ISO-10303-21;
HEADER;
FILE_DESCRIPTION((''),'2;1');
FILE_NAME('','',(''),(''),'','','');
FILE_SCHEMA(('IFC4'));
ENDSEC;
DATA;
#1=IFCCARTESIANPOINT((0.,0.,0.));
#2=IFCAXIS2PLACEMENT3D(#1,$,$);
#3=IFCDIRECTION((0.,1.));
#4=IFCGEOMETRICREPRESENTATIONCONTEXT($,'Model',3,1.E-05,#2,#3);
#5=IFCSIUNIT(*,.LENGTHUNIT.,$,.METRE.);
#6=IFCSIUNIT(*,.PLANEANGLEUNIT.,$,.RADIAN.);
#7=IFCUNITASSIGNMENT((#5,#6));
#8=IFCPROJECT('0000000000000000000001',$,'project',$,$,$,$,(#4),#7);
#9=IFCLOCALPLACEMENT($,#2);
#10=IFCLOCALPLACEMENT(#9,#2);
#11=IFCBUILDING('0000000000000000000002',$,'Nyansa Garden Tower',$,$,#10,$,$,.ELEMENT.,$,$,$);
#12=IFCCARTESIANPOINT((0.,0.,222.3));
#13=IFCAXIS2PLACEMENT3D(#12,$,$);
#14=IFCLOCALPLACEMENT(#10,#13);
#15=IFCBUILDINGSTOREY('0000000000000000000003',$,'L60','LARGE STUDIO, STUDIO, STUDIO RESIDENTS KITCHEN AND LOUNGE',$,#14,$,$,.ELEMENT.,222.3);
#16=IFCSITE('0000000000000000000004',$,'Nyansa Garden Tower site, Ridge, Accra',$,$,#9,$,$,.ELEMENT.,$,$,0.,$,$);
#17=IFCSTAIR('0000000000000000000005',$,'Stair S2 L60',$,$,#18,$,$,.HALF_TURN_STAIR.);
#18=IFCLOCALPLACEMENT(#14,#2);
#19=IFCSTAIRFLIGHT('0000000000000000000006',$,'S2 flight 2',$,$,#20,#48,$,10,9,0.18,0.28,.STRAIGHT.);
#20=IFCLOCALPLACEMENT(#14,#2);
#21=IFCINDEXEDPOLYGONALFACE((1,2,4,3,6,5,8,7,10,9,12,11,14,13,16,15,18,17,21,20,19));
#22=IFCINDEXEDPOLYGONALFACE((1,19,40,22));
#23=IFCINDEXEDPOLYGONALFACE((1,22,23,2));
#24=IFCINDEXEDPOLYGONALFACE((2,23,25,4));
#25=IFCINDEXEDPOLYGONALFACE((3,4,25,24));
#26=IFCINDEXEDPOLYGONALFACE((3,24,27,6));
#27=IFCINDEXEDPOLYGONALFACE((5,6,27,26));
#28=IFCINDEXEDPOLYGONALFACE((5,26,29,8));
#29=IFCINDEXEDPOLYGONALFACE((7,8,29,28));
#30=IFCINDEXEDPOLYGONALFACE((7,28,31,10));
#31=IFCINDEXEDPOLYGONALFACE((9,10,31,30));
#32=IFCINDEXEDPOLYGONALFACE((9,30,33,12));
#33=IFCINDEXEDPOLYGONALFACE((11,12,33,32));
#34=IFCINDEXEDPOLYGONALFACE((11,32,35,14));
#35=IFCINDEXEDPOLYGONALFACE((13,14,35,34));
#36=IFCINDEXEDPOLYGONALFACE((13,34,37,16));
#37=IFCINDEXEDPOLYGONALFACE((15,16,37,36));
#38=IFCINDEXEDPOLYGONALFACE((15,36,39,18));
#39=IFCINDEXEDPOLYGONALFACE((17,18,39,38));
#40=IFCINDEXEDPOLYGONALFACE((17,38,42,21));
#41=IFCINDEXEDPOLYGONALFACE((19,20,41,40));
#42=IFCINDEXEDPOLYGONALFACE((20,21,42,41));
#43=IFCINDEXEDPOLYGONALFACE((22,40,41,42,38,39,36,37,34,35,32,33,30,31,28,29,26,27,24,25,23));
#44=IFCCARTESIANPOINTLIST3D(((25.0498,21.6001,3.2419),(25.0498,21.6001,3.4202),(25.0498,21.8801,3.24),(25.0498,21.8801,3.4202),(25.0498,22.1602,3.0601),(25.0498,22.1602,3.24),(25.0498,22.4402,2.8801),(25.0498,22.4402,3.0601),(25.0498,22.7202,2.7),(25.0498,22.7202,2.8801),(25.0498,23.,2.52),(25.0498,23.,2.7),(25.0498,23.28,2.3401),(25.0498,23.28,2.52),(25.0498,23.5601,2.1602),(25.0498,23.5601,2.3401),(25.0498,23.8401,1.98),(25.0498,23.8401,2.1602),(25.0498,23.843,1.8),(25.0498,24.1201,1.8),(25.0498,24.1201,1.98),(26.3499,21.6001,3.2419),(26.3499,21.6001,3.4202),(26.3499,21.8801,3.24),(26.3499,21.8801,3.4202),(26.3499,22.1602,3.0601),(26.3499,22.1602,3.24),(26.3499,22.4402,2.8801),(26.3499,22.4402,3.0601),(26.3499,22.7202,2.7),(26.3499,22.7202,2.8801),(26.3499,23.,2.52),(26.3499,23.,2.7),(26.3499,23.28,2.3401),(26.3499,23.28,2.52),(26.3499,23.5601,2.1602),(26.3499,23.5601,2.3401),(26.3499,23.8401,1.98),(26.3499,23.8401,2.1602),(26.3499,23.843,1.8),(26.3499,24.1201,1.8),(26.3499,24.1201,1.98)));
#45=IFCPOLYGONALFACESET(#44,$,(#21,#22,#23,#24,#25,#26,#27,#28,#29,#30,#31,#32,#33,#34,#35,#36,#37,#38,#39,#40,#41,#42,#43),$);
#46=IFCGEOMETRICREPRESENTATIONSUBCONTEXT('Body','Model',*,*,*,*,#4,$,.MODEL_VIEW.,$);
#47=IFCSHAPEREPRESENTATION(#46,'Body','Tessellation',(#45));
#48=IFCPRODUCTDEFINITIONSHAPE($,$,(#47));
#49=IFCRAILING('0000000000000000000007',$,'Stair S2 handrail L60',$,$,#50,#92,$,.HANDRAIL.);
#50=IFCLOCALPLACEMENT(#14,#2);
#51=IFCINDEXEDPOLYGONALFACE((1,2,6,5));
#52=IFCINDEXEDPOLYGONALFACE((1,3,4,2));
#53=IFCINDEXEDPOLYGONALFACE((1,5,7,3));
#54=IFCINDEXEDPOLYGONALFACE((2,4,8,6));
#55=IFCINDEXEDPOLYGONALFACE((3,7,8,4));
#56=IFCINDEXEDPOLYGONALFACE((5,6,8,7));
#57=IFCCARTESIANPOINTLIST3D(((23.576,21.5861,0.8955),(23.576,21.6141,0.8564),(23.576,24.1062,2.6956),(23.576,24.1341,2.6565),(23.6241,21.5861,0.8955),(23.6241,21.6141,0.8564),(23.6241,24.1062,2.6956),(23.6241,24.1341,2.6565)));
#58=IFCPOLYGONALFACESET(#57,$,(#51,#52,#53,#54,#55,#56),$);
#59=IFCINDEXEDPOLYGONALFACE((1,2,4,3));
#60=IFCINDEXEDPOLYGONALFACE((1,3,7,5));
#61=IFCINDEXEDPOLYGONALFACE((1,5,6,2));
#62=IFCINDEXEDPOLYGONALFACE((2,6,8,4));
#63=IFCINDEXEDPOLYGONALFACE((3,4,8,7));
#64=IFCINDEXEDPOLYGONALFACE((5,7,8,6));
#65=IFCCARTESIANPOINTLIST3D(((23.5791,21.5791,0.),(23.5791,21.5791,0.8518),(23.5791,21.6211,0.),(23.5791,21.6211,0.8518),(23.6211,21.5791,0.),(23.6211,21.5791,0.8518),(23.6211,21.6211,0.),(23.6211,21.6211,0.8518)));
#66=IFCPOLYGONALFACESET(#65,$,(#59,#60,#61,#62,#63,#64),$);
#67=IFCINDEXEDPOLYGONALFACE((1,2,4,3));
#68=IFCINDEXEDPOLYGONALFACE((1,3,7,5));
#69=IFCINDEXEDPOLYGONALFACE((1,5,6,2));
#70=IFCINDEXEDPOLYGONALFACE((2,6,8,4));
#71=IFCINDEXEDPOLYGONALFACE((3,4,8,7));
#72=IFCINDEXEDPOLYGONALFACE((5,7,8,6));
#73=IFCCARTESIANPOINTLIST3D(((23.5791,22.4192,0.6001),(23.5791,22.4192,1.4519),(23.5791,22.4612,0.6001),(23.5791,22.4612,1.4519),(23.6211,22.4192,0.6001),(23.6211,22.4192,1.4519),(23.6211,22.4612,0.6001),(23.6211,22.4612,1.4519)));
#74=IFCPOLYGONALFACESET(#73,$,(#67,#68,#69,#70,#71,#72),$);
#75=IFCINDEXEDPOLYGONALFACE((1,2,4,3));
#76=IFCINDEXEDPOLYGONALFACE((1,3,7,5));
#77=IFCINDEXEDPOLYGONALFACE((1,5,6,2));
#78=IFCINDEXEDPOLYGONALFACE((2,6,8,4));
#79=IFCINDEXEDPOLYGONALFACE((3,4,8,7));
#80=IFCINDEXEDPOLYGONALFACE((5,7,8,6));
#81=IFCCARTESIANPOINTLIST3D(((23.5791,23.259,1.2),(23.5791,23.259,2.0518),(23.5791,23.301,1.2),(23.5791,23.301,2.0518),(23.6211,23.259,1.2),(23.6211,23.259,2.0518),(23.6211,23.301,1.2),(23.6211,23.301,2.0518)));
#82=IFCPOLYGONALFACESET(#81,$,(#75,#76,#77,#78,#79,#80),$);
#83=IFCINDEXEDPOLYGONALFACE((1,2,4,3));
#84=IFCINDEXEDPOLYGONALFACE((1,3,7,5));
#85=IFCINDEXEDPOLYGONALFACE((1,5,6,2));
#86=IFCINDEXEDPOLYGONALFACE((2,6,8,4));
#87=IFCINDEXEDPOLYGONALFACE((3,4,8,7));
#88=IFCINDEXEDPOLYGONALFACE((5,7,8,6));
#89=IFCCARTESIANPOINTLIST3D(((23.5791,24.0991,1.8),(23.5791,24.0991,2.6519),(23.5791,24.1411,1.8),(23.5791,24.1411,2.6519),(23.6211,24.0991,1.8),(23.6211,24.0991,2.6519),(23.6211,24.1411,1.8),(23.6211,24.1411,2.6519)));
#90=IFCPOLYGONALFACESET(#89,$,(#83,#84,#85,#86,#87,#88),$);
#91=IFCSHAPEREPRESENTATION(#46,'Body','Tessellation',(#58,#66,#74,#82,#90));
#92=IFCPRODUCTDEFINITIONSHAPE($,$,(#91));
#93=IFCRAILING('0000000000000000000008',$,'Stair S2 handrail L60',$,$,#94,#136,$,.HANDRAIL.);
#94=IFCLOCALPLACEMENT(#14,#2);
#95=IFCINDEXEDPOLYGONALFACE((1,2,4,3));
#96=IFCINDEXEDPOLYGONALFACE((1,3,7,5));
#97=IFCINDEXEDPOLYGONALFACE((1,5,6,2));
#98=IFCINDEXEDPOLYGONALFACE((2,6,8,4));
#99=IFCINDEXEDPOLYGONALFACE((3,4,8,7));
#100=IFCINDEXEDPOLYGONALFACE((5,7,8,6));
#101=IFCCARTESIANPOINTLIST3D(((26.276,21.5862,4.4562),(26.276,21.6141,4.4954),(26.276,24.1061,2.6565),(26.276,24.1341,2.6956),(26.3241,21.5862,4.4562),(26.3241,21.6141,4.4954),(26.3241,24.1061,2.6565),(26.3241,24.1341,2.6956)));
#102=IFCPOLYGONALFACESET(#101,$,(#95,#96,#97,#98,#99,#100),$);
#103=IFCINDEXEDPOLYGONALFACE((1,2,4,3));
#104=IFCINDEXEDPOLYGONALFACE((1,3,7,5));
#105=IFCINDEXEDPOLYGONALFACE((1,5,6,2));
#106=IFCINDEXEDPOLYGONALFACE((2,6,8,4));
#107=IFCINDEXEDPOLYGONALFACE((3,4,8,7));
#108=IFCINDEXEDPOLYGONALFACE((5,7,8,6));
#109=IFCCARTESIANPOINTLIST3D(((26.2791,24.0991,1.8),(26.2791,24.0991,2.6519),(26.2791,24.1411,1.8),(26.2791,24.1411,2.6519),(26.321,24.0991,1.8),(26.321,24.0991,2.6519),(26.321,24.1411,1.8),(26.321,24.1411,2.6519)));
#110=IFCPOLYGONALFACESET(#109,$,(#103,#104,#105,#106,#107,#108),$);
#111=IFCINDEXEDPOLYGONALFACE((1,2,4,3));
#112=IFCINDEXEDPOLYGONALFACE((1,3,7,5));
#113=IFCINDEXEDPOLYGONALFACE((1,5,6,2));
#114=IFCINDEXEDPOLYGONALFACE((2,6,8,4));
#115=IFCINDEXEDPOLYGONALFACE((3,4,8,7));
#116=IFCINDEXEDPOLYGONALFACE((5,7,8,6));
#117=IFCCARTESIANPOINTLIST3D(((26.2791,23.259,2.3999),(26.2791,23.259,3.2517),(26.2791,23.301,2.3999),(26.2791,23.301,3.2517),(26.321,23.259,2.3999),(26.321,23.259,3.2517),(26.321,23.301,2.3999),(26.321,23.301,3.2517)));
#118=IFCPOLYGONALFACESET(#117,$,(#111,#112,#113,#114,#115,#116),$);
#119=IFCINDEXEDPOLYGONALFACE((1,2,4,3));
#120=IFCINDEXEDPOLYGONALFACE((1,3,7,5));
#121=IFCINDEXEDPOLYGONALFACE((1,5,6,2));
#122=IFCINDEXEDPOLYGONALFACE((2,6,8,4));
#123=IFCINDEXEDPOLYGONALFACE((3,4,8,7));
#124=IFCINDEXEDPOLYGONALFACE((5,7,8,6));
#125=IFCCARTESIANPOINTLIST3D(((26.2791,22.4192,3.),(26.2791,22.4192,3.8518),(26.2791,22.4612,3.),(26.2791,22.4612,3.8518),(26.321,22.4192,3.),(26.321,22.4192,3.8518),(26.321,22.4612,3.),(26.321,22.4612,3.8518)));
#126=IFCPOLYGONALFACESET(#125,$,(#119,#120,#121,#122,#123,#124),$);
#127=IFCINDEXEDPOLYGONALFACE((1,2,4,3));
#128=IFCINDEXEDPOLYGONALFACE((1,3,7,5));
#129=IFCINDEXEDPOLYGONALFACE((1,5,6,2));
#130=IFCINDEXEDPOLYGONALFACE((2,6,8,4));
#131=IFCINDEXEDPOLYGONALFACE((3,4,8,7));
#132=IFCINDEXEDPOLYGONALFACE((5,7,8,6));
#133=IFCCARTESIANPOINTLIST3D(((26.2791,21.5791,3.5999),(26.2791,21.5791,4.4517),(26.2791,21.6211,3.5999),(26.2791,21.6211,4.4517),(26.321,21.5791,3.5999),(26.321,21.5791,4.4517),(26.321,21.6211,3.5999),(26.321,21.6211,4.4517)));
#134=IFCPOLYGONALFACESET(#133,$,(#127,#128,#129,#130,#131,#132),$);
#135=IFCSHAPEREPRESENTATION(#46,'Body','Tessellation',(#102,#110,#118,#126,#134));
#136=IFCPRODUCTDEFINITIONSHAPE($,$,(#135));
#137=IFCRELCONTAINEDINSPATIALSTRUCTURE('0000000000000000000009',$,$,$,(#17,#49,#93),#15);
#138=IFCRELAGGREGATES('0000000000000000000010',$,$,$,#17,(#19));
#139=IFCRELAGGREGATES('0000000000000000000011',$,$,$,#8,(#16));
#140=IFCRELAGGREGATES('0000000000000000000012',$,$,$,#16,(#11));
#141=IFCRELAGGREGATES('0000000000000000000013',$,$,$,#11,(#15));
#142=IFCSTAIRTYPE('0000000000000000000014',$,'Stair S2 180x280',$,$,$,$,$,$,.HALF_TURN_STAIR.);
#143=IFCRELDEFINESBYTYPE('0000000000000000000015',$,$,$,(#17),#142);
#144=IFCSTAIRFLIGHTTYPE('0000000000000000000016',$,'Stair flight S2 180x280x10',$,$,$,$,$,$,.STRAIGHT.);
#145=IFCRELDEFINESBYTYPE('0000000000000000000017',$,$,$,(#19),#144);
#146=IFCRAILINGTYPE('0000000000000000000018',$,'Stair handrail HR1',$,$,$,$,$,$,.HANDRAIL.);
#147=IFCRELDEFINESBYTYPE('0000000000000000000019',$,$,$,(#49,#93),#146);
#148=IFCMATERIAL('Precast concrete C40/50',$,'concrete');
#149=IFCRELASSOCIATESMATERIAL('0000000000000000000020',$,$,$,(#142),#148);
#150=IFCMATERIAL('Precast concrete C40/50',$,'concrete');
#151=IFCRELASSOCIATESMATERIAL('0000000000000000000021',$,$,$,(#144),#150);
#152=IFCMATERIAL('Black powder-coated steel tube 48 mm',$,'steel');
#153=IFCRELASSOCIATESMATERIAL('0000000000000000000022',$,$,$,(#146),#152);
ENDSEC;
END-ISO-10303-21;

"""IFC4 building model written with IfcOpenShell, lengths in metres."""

from ifc_helpers import new_model, si_unit, direction, frame, origin, origin_2d, place, context, subcontext, project, spatial, polyline, rectangle, outline, extrude, material, type_object, element, aggregate, save


model = new_model("IFC4")

# Units and contexts
model_context = context("Model", 3, precision=1e-05, world=origin(), true_north=direction((0.0, 1.0)))
body_context = subcontext(model_context, "Body", "Model", "MODEL_VIEW")
ifc_project = project(units=[si_unit("LENGTHUNIT", "METRE"), si_unit("PLANEANGLEUNIT", "RADIAN")], contexts=[model_context])

# Site, building, storey
site_placement = place(None, origin())
site = spatial("IfcSite", under=ifc_project, at=site_placement, Name="Nyansa Garden Tower site, Ridge, Accra", CompositionType="ELEMENT", RefElevation=0.0)
building_placement = place(site_placement, origin())
building = spatial("IfcBuilding", under=site, at=building_placement, Name="Nyansa Garden Tower", CompositionType="ELEMENT")
storey_placement = place(building_placement, frame((0.0, 0.0, 222.3)))
storey = spatial("IfcBuildingStorey", under=building, at=storey_placement, Name="L60", Description="LARGE STUDIO, STUDIO, STUDIO RESIDENTS KITCHEN AND LOUNGE", CompositionType="ELEMENT", Elevation=222.3)

# Stair, stair flight
ifc_material_1 = material(Name="Precast concrete C40/50", Category="concrete")
stair_type = type_object("IfcStairType", Name="Stair S2 180x280", PredefinedType="HALF_TURN_STAIR", material=ifc_material_1)
stair_placement = place(storey_placement, origin())
stair = element("IfcStair", 1, at=stair_placement, inside=storey, type_object=stair_type, Name="Stair S2 L60", PredefinedType="HALF_TURN_STAIR")
ifc_material_2 = material(Name="Precast concrete C40/50", Category="concrete")
stair_flight_type = type_object("IfcStairFlightType", Name="Stair flight S2 180x280x10", PredefinedType="STRAIGHT", material=ifc_material_2)
stair_flight_1_placement = place(storey_placement, frame((25.7, 24.1201, 1.8), z_axis=(0.0, 0.0, 1.0), x_axis=(0.0, -1.0, 0.0)))
stair_flight_1 = element("IfcStairFlight", 2, at=stair_flight_1_placement, type_object=stair_flight_type, Name="S2 flight 2", NumberOfRisers=10, NumberOfTreads=9, PredefinedType="STRAIGHT", RiserHeight=0.18, TreadLength=0.28, context=body_context, shape_type="SweptSolid", body=[
    extrude(outline(polyline([(0.0, 0.0), (0.0, 0.1799), (0.28, 0.1799), (0.28, 0.3601), (0.5601, 0.3601), (0.5601, 0.54), (0.8401, 0.54), (0.8401, 0.72), (1.1201, 0.72), (1.1201, 0.8999), (1.3999, 0.8999), (1.3999, 1.0801), (1.6799, 1.0801), (1.6799, 1.26), (1.96, 1.26), (1.96, 1.4399), (2.24, 1.4399), (2.24, 1.6201), (2.52, 1.6201), (2.52, 1.8), (2.52, 1.4419), (0.2771, 0.0), (0.0, 0.0)])), frame((0.0, 0.6499, 0.0), z_axis=(0.0, -1.0, 0.0), x_axis=(1.0, 0.0, 0.0)), (0.0, 0.0, 1.0), 1.3),
])
aggregate(stair, [stair_flight_1])

# Railings
ifc_material_3 = material(Name="Black powder-coated steel tube 48 mm", Category="steel")
railing_type = type_object("IfcRailingType", Name="Stair handrail HR1", PredefinedType="HANDRAIL", material=ifc_material_3)
railing_1_placement = place(storey_placement, frame((23.6001, 21.6001, 0.0)))
element("IfcRailing", 3, at=railing_1_placement, inside=storey, type_object=railing_type, Name="Stair S2 handrail L60", PredefinedType="HANDRAIL", context=body_context, shape_type="SweptSolid", body=[
    extrude(rectangle(XDim=0.0481, YDim=0.0481, at=origin_2d()), frame((0.0, 0.0, 0.876), z_axis=(0.0, 0.813728, 0.581246), x_axis=(-1.0, 0.0, 0.0)), (0.0, 0.0, 1.0), 3.0969),
    extrude(rectangle(XDim=0.042, YDim=0.042, at=origin_2d()), origin(), (0.0, 0.0, 1.0), 0.8518),
    extrude(rectangle(XDim=0.042, YDim=0.042, at=origin_2d()), frame((0.0, 0.8401, 0.6001)), (0.0, 0.0, 1.0), 0.8518),
    extrude(rectangle(XDim=0.042, YDim=0.042, at=origin_2d()), frame((0.0, 1.6799, 1.2)), (0.0, 0.0, 1.0), 0.8518),
    extrude(rectangle(XDim=0.042, YDim=0.042, at=origin_2d()), frame((0.0, 2.52, 1.8)), (0.0, 0.0, 1.0), 0.8518),
])
railing_2_placement = place(storey_placement, frame((26.3, 24.1201, 1.8)))
element("IfcRailing", 4, at=railing_2_placement, inside=storey, type_object=railing_type, Name="Stair S2 handrail L60", PredefinedType="HANDRAIL", context=body_context, shape_type="SweptSolid", body=[
    extrude(rectangle(XDim=0.0481, YDim=0.0481, at=origin_2d()), frame((0.0, 0.0, 0.876), z_axis=(0.0, -0.813765, 0.581193), x_axis=(1.0, 0.0, 0.0)), (0.0, 0.0, 1.0), 3.0967),
    extrude(rectangle(XDim=0.042, YDim=0.042, at=origin_2d()), origin(), (0.0, 0.0, 1.0), 0.8518),
    extrude(rectangle(XDim=0.042, YDim=0.042, at=origin_2d()), frame((0.0, -0.8401, 0.5999)), (0.0, 0.0, 1.0), 0.8518),
    extrude(rectangle(XDim=0.042, YDim=0.042, at=origin_2d()), frame((0.0, -1.6799, 1.2)), (0.0, 0.0, 1.0), 0.8518),
    extrude(rectangle(XDim=0.042, YDim=0.042, at=origin_2d()), frame((0.0, -2.52, 1.7998)), (0.0, 0.0, 1.0), 0.8518),
])

save(model, "model.ifc")
